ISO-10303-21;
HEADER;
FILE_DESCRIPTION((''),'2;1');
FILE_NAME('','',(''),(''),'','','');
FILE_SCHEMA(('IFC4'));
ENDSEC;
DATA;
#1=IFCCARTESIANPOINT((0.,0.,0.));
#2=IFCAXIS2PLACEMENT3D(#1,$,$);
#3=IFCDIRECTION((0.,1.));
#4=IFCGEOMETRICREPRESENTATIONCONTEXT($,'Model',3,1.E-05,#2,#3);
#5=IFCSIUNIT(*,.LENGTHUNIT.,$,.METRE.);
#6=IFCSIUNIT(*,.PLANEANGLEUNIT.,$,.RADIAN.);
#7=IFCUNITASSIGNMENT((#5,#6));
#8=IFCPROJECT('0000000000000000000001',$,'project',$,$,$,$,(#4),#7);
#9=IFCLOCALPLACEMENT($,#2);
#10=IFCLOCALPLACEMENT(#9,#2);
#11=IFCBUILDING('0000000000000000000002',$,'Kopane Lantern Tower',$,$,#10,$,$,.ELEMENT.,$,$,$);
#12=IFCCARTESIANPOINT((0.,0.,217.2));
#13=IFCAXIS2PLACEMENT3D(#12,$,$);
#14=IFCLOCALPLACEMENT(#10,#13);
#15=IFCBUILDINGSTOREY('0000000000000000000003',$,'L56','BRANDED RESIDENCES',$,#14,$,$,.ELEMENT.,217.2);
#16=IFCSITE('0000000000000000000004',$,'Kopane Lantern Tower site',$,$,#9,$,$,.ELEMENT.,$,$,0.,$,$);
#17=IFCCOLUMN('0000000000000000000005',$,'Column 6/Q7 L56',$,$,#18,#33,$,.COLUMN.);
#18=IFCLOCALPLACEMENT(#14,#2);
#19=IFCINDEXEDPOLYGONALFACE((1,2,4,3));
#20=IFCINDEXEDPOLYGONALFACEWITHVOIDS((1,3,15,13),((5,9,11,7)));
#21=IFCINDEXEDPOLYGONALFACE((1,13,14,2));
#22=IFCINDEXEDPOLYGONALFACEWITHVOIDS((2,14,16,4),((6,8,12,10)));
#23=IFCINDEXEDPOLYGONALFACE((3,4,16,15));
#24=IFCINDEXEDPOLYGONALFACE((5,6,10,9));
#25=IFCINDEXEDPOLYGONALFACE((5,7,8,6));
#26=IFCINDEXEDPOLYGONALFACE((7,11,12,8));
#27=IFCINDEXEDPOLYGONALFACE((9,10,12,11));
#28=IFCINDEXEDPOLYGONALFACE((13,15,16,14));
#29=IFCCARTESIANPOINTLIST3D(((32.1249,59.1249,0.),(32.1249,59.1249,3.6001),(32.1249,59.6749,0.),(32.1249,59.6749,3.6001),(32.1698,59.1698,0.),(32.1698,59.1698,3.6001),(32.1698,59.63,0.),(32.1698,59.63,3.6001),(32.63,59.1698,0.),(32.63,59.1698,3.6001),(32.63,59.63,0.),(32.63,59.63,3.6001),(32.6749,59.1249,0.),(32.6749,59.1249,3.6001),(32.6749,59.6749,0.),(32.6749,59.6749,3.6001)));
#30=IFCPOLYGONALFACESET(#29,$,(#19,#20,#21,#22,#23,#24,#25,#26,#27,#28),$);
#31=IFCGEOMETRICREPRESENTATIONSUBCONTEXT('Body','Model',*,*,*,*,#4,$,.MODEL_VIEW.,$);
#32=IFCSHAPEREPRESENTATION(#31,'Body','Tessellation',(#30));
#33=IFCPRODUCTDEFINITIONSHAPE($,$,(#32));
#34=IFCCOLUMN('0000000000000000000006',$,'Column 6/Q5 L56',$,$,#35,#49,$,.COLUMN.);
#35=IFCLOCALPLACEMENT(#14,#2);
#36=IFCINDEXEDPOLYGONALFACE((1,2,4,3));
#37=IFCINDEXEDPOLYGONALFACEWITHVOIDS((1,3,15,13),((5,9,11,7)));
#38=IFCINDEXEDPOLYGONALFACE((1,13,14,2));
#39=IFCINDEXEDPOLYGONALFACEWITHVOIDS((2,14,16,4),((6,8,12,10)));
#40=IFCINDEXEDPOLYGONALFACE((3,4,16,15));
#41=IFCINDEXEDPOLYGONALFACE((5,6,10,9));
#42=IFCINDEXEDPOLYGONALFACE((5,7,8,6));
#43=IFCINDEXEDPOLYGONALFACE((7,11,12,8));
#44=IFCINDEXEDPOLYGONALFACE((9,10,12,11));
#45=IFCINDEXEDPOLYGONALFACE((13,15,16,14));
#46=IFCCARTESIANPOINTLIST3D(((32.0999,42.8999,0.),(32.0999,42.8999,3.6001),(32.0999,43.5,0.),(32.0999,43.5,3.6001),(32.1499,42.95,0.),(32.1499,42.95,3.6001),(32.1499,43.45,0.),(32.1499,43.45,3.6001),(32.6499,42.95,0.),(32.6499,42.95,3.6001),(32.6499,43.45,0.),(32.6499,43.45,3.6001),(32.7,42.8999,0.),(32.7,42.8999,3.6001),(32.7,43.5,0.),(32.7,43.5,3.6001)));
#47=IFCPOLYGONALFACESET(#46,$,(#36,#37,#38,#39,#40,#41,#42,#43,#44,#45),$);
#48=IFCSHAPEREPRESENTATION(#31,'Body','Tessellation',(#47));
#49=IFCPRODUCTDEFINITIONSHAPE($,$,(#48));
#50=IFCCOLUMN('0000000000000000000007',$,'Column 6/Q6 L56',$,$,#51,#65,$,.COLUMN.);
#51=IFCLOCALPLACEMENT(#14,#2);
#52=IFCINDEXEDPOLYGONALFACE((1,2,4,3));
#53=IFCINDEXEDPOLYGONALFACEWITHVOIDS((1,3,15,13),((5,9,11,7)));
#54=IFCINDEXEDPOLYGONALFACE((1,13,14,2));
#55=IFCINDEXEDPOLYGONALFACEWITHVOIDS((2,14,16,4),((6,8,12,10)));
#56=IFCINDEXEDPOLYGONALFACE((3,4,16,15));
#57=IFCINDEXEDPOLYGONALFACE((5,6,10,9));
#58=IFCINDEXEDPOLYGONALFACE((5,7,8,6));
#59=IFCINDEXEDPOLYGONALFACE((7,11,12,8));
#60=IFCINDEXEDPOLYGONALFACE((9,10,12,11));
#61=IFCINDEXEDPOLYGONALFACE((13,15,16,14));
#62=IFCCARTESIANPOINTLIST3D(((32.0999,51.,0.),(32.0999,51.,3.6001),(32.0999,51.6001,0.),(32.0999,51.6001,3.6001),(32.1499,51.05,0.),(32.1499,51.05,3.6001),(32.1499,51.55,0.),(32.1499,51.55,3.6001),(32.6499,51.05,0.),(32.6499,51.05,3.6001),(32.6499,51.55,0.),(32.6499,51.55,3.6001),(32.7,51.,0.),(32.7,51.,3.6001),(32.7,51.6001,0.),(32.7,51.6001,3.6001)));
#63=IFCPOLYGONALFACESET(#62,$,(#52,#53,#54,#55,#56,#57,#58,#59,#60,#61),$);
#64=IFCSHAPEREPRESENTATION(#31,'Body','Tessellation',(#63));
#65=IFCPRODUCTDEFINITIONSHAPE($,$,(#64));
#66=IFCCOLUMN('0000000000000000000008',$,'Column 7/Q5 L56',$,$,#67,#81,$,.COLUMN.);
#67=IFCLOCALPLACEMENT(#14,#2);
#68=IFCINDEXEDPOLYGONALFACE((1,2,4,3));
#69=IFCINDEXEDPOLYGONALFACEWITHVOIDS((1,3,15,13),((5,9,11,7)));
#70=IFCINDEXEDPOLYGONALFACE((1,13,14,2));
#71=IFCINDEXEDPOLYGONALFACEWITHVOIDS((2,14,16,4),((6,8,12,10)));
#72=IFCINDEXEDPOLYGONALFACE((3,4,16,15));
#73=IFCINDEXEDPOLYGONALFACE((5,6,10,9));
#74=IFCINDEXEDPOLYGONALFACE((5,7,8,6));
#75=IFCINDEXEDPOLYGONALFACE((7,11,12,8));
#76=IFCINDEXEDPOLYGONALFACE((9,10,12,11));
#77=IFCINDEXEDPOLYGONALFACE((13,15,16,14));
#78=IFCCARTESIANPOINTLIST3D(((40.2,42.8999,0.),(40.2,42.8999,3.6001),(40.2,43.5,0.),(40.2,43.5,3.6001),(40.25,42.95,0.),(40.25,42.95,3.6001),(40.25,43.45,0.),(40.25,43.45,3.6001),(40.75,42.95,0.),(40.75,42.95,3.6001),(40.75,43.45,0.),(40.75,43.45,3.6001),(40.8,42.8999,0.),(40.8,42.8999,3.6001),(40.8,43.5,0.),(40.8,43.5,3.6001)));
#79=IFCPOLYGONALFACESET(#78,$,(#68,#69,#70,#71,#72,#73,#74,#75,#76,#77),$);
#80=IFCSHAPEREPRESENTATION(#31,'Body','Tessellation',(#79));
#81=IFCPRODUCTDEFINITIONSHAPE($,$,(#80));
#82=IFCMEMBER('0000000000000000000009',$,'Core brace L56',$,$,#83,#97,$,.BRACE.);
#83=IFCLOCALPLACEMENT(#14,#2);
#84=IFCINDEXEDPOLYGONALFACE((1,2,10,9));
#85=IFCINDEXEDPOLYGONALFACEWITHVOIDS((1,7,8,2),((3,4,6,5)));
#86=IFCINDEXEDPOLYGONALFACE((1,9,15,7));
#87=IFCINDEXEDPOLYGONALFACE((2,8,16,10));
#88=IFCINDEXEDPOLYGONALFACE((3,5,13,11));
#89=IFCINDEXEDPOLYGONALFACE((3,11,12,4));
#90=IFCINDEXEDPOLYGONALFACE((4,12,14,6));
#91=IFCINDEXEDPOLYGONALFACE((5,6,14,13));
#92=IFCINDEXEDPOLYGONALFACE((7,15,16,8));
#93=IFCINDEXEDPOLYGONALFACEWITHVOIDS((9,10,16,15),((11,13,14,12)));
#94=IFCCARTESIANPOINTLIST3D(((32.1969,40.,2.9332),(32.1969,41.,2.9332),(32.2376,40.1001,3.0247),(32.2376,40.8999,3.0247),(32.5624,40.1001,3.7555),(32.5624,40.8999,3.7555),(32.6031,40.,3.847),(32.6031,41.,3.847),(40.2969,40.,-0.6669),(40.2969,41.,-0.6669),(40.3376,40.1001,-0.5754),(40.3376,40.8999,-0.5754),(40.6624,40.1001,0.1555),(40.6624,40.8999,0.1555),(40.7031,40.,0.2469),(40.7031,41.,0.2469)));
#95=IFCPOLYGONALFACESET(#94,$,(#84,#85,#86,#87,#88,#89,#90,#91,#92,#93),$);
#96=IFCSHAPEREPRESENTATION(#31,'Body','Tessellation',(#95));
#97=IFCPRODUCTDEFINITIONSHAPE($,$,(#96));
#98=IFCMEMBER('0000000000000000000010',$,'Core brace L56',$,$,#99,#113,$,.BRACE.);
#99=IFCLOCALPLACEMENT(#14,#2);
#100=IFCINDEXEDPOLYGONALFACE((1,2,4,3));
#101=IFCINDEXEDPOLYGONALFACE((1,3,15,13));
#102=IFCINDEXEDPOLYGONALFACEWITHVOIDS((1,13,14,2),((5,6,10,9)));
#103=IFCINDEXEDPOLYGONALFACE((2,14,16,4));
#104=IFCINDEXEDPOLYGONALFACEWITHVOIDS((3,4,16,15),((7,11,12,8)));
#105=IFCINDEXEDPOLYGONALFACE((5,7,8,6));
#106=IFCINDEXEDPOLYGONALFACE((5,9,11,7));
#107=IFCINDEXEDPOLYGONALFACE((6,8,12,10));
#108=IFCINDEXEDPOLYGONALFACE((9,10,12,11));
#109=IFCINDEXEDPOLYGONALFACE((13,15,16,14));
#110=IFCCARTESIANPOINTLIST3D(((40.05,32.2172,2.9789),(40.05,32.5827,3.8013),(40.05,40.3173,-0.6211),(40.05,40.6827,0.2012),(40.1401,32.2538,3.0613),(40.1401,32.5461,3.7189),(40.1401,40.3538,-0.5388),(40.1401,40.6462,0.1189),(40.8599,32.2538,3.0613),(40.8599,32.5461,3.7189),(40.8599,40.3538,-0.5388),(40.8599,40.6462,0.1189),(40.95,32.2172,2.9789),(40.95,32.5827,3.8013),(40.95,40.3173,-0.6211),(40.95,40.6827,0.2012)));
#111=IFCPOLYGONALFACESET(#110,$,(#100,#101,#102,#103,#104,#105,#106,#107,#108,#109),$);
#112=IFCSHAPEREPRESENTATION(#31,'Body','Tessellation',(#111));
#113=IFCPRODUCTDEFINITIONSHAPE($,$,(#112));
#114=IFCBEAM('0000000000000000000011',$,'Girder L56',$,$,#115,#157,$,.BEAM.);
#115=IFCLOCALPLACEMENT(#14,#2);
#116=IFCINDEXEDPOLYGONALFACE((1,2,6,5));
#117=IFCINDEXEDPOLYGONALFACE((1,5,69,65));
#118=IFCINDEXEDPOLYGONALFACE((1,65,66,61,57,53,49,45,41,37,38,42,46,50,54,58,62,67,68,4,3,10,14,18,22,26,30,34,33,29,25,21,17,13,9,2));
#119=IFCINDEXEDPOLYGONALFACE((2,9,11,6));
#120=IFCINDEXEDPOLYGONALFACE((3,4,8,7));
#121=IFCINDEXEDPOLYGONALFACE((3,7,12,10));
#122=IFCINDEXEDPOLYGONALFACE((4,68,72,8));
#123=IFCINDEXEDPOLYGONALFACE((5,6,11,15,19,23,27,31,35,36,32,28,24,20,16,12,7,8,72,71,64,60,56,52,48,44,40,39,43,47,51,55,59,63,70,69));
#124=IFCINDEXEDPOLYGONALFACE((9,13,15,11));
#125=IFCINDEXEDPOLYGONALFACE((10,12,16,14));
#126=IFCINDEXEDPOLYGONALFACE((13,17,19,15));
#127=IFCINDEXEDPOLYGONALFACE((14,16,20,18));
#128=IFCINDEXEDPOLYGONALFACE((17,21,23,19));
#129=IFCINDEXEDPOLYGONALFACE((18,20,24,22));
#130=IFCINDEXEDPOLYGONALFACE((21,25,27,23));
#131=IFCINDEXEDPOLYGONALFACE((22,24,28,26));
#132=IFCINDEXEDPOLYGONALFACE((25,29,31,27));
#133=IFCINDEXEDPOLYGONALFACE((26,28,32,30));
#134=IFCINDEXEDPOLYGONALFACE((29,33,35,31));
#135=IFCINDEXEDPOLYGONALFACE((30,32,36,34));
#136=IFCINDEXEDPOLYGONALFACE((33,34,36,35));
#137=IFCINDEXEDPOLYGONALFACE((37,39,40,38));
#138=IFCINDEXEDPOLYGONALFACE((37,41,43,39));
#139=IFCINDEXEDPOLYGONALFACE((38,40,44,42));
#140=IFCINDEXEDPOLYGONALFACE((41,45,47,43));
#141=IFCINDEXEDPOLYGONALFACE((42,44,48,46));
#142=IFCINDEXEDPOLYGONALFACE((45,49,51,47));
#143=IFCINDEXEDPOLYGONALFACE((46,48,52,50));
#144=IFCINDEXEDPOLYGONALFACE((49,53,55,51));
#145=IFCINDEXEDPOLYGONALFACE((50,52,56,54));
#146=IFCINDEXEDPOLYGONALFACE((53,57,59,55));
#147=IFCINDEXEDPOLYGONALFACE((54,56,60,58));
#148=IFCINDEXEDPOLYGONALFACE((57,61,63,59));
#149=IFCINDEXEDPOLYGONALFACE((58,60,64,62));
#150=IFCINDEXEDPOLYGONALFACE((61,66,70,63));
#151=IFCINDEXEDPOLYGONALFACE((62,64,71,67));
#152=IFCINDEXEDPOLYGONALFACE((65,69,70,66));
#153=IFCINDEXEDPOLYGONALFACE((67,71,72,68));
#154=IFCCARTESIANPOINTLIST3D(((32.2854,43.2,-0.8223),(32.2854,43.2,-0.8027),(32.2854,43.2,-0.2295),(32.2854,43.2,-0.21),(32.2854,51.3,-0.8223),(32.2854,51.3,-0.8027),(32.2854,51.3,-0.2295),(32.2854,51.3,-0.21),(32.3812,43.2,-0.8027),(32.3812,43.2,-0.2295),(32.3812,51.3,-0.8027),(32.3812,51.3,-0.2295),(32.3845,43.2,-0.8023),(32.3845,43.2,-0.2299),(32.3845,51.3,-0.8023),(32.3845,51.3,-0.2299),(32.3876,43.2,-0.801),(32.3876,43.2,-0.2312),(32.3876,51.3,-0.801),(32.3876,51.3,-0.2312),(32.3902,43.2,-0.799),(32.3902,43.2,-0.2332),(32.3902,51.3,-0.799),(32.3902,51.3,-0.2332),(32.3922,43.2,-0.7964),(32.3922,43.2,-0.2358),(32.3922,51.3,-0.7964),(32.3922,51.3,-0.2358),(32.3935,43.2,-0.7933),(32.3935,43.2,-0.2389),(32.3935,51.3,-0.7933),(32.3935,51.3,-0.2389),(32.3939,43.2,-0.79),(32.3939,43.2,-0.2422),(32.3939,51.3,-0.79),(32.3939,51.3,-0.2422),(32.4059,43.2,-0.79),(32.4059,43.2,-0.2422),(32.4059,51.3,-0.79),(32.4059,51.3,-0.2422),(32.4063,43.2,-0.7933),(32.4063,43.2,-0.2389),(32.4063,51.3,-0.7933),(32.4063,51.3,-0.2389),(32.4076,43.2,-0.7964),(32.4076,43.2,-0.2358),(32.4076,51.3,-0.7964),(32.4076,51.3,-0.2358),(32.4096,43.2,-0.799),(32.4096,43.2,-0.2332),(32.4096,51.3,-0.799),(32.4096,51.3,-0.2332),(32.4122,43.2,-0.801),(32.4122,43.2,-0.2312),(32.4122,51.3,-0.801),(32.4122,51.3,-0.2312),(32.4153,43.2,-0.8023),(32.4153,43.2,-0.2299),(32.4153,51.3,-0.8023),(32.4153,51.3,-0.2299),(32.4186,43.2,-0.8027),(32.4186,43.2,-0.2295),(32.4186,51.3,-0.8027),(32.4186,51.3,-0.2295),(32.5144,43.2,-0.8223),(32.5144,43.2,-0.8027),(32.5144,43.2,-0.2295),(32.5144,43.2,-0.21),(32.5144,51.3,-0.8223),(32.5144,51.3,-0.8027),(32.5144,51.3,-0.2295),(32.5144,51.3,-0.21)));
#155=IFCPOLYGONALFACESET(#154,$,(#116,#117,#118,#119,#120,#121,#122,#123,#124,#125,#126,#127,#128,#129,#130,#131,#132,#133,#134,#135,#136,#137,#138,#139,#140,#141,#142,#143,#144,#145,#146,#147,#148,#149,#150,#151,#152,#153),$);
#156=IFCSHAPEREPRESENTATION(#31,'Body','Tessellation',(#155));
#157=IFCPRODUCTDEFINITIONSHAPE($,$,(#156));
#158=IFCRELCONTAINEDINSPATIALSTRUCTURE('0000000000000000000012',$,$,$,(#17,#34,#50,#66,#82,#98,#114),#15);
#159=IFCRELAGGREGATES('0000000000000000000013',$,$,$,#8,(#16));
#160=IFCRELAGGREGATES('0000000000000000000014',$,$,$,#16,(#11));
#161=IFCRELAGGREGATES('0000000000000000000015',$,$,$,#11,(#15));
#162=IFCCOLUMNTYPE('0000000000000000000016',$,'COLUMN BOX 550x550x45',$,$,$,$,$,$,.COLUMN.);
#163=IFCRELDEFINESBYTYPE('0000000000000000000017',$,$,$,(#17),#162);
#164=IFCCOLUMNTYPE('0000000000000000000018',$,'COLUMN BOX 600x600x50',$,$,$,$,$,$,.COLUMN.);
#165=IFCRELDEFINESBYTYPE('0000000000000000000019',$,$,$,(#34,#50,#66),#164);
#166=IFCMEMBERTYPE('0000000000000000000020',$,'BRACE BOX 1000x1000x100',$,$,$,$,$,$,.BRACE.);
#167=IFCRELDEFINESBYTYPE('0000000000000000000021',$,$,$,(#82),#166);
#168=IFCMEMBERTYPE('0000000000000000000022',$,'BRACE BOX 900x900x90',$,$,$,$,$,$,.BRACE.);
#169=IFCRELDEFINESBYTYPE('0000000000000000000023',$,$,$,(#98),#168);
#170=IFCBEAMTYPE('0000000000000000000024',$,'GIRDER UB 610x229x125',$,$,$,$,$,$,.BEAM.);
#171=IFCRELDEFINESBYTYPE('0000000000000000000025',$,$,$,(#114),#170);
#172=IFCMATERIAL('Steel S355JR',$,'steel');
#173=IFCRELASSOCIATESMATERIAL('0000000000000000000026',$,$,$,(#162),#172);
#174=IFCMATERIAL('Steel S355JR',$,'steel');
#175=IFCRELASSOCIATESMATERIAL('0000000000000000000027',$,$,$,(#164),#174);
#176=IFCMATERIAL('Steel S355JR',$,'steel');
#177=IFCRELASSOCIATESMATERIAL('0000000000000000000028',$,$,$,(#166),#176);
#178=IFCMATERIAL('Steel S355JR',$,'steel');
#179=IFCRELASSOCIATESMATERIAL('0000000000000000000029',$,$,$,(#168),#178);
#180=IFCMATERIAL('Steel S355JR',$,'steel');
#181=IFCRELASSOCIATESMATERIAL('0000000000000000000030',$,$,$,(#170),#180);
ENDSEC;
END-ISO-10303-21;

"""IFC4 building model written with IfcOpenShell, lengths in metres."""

from ifc_helpers import new_model, si_unit, direction, frame, origin, origin_2d, place, context, subcontext, project, spatial, hollow_rectangle, i_section, extrude, material, material_profile, profile_set, type_object, element, save


model = new_model("IFC4")

# Units and contexts
model_context = context("Model", 3, precision=1e-05, world=origin(), true_north=direction((0.0, 1.0)))
body_context = subcontext(model_context, "Body", "Model", "MODEL_VIEW")
ifc_project = project(units=[si_unit("LENGTHUNIT", "METRE"), si_unit("PLANEANGLEUNIT", "RADIAN")], contexts=[model_context])

# Site, building, storey
site_placement = place(None, origin())
site = spatial("IfcSite", under=ifc_project, at=site_placement, Name="Kopane Lantern Tower site", CompositionType="ELEMENT", RefElevation=0.0)
building_placement = place(site_placement, origin())
building = spatial("IfcBuilding", under=site, at=building_placement, Name="Kopane Lantern Tower", CompositionType="ELEMENT")
storey_placement = place(building_placement, frame((0.0, 0.0, 217.2)))
storey = spatial("IfcBuildingStorey", under=building, at=storey_placement, Name="L56", Description="BRANDED RESIDENCES", CompositionType="ELEMENT", Elevation=217.2)

# Columns
ifc_material_1 = material(Name="Steel S355JR", Category="steel")
ifc_material_profile_1 = material_profile(ifc_material_1, hollow_rectangle(XDim=0.55, YDim=0.55, WallThickness=0.0449, at=origin_2d()), Name="BOX 550x550x45")
ifc_profile_set_1 = profile_set([ifc_material_profile_1], Name="Steel S355JR")
column_type_1 = type_object("IfcColumnType", Name="COLUMN BOX 550x550x45", PredefinedType="COLUMN", material=ifc_profile_set_1)
column_placement = place(storey_placement, frame((32.3999, 59.3999, 0.0), z_axis=(0.0, 0.0, 1.0), x_axis=(1.0, 0.0, 0.0)))
element("IfcColumn", 1, at=column_placement, inside=storey, type_object=column_type_1, Name="Column 6/Q7 L56", PredefinedType="COLUMN", context=body_context, shape_type="SweptSolid", body=[
    extrude(hollow_rectangle(XDim=0.55, YDim=0.55, WallThickness=0.0449, at=origin_2d()), origin(), (0.0, 0.0, 1.0), 3.6001),
])
ifc_material_2 = material(Name="Steel S355JR", Category="steel")
ifc_material_profile_2 = material_profile(ifc_material_2, hollow_rectangle(XDim=0.6001, YDim=0.6001, WallThickness=0.05, at=origin_2d()), Name="BOX 600x600x50")
ifc_profile_set_2 = profile_set([ifc_material_profile_2], Name="Steel S355JR")
column_type_2 = type_object("IfcColumnType", Name="COLUMN BOX 600x600x50", PredefinedType="COLUMN", material=ifc_profile_set_2)
for number, where, z_axis, x_axis, name in (
    (2, (32.3999, 43.2, 0.0), (0.0, 0.0, 1.0), (1.0, 0.0, 0.0), "Column 6/Q5 L56"),
    (3, (32.3999, 51.3, 0.0), (0.0, 0.0, 1.0), (1.0, 0.0, 0.0), "Column 6/Q6 L56"),
    (4, (40.5, 43.2, 0.0), (0.0, 0.0, 1.0), (1.0, 0.0, 0.0), "Column 7/Q5 L56"),
):
    element("IfcColumn", number, at=place(storey_placement, frame(where, z_axis=z_axis, x_axis=x_axis)), inside=storey, type_object=column_type_2, Name=name, PredefinedType="COLUMN", context=body_context, shape_type="SweptSolid", body=[
        extrude(hollow_rectangle(XDim=0.6001, YDim=0.6001, WallThickness=0.05, at=origin_2d()), origin(), (0.0, 0.0, 1.0), 3.6001),
    ])

# Members
ifc_material_3 = material(Name="Steel S355JR", Category="steel")
ifc_material_profile_3 = material_profile(ifc_material_3, hollow_rectangle(XDim=1.0, YDim=1.0, WallThickness=0.1001, at=origin_2d()), Name="BOX 1000x1000x100")
ifc_profile_set_3 = profile_set([ifc_material_profile_3], Name="Steel S355JR")
member_type_1 = type_object("IfcMemberType", Name="BRACE BOX 1000x1000x100", PredefinedType="BRACE", material=ifc_profile_set_3)
member_1_placement = place(storey_placement, frame((40.5, 40.5, -0.21), z_axis=(-0.913809, 0.0, 0.406144), x_axis=(0.0, -1.0, 0.0)))
element("IfcMember", 5, at=member_1_placement, inside=storey, type_object=member_type_1, Name="Core brace L56", PredefinedType="BRACE", context=body_context, shape_type="SweptSolid", body=[
    extrude(hollow_rectangle(XDim=1.0, YDim=1.0, WallThickness=0.1001, at=origin_2d()), origin(), (0.0, 0.0, 1.0), 8.864),
])
ifc_material_4 = material(Name="Steel S355JR", Category="steel")
ifc_material_profile_4 = material_profile(ifc_material_4, hollow_rectangle(XDim=0.8999, YDim=0.8999, WallThickness=0.0901, at=origin_2d()), Name="BOX 900x900x90")
ifc_profile_set_4 = profile_set([ifc_material_profile_4], Name="Steel S355JR")
member_type_2 = type_object("IfcMemberType", Name="BRACE BOX 900x900x90", PredefinedType="BRACE", material=ifc_profile_set_4)
member_2_placement = place(storey_placement, frame((40.5, 40.5, -0.21), z_axis=(0.0, -0.913809, 0.406144), x_axis=(1.0, 0.0, 0.0)))
element("IfcMember", 6, at=member_2_placement, inside=storey, type_object=member_type_2, Name="Core brace L56", PredefinedType="BRACE", context=body_context, shape_type="SweptSolid", body=[
    extrude(hollow_rectangle(XDim=0.8999, YDim=0.8999, WallThickness=0.0901, at=origin_2d()), origin(), (0.0, 0.0, 1.0), 8.864),
])

# Beam
ifc_material_5 = material(Name="Steel S355JR", Category="steel")
ifc_material_profile_5 = material_profile(ifc_material_5, i_section(OverallWidth=0.229, OverallDepth=0.6123, WebThickness=0.012, FlangeThickness=0.0195, FilletRadius=0.0127, at=origin_2d()), Name="UB 610x229x125")
ifc_profile_set_5 = profile_set([ifc_material_profile_5], Name="Steel S355JR")
beam_type = type_object("IfcBeamType", Name="GIRDER UB 610x229x125", PredefinedType="BEAM", material=ifc_profile_set_5)
for number, where, z_axis, x_axis, name in (
    (7, (32.3999, 43.2, -0.5161), (0.0, 1.0, 0.0), (-1.0, 0.0, 0.0), "Girder L56"),
):
    element("IfcBeam", number, at=place(storey_placement, frame(where, z_axis=z_axis, x_axis=x_axis)), inside=storey, type_object=beam_type, Name=name, PredefinedType="BEAM", context=body_context, shape_type="SweptSolid", body=[
        extrude(i_section(OverallWidth=0.229, OverallDepth=0.6123, WebThickness=0.012, FlangeThickness=0.0195, FilletRadius=0.0127, at=origin_2d()), origin(), (0.0, 0.0, 1.0), 8.1001),
    ])

save(model, "model.ifc")
